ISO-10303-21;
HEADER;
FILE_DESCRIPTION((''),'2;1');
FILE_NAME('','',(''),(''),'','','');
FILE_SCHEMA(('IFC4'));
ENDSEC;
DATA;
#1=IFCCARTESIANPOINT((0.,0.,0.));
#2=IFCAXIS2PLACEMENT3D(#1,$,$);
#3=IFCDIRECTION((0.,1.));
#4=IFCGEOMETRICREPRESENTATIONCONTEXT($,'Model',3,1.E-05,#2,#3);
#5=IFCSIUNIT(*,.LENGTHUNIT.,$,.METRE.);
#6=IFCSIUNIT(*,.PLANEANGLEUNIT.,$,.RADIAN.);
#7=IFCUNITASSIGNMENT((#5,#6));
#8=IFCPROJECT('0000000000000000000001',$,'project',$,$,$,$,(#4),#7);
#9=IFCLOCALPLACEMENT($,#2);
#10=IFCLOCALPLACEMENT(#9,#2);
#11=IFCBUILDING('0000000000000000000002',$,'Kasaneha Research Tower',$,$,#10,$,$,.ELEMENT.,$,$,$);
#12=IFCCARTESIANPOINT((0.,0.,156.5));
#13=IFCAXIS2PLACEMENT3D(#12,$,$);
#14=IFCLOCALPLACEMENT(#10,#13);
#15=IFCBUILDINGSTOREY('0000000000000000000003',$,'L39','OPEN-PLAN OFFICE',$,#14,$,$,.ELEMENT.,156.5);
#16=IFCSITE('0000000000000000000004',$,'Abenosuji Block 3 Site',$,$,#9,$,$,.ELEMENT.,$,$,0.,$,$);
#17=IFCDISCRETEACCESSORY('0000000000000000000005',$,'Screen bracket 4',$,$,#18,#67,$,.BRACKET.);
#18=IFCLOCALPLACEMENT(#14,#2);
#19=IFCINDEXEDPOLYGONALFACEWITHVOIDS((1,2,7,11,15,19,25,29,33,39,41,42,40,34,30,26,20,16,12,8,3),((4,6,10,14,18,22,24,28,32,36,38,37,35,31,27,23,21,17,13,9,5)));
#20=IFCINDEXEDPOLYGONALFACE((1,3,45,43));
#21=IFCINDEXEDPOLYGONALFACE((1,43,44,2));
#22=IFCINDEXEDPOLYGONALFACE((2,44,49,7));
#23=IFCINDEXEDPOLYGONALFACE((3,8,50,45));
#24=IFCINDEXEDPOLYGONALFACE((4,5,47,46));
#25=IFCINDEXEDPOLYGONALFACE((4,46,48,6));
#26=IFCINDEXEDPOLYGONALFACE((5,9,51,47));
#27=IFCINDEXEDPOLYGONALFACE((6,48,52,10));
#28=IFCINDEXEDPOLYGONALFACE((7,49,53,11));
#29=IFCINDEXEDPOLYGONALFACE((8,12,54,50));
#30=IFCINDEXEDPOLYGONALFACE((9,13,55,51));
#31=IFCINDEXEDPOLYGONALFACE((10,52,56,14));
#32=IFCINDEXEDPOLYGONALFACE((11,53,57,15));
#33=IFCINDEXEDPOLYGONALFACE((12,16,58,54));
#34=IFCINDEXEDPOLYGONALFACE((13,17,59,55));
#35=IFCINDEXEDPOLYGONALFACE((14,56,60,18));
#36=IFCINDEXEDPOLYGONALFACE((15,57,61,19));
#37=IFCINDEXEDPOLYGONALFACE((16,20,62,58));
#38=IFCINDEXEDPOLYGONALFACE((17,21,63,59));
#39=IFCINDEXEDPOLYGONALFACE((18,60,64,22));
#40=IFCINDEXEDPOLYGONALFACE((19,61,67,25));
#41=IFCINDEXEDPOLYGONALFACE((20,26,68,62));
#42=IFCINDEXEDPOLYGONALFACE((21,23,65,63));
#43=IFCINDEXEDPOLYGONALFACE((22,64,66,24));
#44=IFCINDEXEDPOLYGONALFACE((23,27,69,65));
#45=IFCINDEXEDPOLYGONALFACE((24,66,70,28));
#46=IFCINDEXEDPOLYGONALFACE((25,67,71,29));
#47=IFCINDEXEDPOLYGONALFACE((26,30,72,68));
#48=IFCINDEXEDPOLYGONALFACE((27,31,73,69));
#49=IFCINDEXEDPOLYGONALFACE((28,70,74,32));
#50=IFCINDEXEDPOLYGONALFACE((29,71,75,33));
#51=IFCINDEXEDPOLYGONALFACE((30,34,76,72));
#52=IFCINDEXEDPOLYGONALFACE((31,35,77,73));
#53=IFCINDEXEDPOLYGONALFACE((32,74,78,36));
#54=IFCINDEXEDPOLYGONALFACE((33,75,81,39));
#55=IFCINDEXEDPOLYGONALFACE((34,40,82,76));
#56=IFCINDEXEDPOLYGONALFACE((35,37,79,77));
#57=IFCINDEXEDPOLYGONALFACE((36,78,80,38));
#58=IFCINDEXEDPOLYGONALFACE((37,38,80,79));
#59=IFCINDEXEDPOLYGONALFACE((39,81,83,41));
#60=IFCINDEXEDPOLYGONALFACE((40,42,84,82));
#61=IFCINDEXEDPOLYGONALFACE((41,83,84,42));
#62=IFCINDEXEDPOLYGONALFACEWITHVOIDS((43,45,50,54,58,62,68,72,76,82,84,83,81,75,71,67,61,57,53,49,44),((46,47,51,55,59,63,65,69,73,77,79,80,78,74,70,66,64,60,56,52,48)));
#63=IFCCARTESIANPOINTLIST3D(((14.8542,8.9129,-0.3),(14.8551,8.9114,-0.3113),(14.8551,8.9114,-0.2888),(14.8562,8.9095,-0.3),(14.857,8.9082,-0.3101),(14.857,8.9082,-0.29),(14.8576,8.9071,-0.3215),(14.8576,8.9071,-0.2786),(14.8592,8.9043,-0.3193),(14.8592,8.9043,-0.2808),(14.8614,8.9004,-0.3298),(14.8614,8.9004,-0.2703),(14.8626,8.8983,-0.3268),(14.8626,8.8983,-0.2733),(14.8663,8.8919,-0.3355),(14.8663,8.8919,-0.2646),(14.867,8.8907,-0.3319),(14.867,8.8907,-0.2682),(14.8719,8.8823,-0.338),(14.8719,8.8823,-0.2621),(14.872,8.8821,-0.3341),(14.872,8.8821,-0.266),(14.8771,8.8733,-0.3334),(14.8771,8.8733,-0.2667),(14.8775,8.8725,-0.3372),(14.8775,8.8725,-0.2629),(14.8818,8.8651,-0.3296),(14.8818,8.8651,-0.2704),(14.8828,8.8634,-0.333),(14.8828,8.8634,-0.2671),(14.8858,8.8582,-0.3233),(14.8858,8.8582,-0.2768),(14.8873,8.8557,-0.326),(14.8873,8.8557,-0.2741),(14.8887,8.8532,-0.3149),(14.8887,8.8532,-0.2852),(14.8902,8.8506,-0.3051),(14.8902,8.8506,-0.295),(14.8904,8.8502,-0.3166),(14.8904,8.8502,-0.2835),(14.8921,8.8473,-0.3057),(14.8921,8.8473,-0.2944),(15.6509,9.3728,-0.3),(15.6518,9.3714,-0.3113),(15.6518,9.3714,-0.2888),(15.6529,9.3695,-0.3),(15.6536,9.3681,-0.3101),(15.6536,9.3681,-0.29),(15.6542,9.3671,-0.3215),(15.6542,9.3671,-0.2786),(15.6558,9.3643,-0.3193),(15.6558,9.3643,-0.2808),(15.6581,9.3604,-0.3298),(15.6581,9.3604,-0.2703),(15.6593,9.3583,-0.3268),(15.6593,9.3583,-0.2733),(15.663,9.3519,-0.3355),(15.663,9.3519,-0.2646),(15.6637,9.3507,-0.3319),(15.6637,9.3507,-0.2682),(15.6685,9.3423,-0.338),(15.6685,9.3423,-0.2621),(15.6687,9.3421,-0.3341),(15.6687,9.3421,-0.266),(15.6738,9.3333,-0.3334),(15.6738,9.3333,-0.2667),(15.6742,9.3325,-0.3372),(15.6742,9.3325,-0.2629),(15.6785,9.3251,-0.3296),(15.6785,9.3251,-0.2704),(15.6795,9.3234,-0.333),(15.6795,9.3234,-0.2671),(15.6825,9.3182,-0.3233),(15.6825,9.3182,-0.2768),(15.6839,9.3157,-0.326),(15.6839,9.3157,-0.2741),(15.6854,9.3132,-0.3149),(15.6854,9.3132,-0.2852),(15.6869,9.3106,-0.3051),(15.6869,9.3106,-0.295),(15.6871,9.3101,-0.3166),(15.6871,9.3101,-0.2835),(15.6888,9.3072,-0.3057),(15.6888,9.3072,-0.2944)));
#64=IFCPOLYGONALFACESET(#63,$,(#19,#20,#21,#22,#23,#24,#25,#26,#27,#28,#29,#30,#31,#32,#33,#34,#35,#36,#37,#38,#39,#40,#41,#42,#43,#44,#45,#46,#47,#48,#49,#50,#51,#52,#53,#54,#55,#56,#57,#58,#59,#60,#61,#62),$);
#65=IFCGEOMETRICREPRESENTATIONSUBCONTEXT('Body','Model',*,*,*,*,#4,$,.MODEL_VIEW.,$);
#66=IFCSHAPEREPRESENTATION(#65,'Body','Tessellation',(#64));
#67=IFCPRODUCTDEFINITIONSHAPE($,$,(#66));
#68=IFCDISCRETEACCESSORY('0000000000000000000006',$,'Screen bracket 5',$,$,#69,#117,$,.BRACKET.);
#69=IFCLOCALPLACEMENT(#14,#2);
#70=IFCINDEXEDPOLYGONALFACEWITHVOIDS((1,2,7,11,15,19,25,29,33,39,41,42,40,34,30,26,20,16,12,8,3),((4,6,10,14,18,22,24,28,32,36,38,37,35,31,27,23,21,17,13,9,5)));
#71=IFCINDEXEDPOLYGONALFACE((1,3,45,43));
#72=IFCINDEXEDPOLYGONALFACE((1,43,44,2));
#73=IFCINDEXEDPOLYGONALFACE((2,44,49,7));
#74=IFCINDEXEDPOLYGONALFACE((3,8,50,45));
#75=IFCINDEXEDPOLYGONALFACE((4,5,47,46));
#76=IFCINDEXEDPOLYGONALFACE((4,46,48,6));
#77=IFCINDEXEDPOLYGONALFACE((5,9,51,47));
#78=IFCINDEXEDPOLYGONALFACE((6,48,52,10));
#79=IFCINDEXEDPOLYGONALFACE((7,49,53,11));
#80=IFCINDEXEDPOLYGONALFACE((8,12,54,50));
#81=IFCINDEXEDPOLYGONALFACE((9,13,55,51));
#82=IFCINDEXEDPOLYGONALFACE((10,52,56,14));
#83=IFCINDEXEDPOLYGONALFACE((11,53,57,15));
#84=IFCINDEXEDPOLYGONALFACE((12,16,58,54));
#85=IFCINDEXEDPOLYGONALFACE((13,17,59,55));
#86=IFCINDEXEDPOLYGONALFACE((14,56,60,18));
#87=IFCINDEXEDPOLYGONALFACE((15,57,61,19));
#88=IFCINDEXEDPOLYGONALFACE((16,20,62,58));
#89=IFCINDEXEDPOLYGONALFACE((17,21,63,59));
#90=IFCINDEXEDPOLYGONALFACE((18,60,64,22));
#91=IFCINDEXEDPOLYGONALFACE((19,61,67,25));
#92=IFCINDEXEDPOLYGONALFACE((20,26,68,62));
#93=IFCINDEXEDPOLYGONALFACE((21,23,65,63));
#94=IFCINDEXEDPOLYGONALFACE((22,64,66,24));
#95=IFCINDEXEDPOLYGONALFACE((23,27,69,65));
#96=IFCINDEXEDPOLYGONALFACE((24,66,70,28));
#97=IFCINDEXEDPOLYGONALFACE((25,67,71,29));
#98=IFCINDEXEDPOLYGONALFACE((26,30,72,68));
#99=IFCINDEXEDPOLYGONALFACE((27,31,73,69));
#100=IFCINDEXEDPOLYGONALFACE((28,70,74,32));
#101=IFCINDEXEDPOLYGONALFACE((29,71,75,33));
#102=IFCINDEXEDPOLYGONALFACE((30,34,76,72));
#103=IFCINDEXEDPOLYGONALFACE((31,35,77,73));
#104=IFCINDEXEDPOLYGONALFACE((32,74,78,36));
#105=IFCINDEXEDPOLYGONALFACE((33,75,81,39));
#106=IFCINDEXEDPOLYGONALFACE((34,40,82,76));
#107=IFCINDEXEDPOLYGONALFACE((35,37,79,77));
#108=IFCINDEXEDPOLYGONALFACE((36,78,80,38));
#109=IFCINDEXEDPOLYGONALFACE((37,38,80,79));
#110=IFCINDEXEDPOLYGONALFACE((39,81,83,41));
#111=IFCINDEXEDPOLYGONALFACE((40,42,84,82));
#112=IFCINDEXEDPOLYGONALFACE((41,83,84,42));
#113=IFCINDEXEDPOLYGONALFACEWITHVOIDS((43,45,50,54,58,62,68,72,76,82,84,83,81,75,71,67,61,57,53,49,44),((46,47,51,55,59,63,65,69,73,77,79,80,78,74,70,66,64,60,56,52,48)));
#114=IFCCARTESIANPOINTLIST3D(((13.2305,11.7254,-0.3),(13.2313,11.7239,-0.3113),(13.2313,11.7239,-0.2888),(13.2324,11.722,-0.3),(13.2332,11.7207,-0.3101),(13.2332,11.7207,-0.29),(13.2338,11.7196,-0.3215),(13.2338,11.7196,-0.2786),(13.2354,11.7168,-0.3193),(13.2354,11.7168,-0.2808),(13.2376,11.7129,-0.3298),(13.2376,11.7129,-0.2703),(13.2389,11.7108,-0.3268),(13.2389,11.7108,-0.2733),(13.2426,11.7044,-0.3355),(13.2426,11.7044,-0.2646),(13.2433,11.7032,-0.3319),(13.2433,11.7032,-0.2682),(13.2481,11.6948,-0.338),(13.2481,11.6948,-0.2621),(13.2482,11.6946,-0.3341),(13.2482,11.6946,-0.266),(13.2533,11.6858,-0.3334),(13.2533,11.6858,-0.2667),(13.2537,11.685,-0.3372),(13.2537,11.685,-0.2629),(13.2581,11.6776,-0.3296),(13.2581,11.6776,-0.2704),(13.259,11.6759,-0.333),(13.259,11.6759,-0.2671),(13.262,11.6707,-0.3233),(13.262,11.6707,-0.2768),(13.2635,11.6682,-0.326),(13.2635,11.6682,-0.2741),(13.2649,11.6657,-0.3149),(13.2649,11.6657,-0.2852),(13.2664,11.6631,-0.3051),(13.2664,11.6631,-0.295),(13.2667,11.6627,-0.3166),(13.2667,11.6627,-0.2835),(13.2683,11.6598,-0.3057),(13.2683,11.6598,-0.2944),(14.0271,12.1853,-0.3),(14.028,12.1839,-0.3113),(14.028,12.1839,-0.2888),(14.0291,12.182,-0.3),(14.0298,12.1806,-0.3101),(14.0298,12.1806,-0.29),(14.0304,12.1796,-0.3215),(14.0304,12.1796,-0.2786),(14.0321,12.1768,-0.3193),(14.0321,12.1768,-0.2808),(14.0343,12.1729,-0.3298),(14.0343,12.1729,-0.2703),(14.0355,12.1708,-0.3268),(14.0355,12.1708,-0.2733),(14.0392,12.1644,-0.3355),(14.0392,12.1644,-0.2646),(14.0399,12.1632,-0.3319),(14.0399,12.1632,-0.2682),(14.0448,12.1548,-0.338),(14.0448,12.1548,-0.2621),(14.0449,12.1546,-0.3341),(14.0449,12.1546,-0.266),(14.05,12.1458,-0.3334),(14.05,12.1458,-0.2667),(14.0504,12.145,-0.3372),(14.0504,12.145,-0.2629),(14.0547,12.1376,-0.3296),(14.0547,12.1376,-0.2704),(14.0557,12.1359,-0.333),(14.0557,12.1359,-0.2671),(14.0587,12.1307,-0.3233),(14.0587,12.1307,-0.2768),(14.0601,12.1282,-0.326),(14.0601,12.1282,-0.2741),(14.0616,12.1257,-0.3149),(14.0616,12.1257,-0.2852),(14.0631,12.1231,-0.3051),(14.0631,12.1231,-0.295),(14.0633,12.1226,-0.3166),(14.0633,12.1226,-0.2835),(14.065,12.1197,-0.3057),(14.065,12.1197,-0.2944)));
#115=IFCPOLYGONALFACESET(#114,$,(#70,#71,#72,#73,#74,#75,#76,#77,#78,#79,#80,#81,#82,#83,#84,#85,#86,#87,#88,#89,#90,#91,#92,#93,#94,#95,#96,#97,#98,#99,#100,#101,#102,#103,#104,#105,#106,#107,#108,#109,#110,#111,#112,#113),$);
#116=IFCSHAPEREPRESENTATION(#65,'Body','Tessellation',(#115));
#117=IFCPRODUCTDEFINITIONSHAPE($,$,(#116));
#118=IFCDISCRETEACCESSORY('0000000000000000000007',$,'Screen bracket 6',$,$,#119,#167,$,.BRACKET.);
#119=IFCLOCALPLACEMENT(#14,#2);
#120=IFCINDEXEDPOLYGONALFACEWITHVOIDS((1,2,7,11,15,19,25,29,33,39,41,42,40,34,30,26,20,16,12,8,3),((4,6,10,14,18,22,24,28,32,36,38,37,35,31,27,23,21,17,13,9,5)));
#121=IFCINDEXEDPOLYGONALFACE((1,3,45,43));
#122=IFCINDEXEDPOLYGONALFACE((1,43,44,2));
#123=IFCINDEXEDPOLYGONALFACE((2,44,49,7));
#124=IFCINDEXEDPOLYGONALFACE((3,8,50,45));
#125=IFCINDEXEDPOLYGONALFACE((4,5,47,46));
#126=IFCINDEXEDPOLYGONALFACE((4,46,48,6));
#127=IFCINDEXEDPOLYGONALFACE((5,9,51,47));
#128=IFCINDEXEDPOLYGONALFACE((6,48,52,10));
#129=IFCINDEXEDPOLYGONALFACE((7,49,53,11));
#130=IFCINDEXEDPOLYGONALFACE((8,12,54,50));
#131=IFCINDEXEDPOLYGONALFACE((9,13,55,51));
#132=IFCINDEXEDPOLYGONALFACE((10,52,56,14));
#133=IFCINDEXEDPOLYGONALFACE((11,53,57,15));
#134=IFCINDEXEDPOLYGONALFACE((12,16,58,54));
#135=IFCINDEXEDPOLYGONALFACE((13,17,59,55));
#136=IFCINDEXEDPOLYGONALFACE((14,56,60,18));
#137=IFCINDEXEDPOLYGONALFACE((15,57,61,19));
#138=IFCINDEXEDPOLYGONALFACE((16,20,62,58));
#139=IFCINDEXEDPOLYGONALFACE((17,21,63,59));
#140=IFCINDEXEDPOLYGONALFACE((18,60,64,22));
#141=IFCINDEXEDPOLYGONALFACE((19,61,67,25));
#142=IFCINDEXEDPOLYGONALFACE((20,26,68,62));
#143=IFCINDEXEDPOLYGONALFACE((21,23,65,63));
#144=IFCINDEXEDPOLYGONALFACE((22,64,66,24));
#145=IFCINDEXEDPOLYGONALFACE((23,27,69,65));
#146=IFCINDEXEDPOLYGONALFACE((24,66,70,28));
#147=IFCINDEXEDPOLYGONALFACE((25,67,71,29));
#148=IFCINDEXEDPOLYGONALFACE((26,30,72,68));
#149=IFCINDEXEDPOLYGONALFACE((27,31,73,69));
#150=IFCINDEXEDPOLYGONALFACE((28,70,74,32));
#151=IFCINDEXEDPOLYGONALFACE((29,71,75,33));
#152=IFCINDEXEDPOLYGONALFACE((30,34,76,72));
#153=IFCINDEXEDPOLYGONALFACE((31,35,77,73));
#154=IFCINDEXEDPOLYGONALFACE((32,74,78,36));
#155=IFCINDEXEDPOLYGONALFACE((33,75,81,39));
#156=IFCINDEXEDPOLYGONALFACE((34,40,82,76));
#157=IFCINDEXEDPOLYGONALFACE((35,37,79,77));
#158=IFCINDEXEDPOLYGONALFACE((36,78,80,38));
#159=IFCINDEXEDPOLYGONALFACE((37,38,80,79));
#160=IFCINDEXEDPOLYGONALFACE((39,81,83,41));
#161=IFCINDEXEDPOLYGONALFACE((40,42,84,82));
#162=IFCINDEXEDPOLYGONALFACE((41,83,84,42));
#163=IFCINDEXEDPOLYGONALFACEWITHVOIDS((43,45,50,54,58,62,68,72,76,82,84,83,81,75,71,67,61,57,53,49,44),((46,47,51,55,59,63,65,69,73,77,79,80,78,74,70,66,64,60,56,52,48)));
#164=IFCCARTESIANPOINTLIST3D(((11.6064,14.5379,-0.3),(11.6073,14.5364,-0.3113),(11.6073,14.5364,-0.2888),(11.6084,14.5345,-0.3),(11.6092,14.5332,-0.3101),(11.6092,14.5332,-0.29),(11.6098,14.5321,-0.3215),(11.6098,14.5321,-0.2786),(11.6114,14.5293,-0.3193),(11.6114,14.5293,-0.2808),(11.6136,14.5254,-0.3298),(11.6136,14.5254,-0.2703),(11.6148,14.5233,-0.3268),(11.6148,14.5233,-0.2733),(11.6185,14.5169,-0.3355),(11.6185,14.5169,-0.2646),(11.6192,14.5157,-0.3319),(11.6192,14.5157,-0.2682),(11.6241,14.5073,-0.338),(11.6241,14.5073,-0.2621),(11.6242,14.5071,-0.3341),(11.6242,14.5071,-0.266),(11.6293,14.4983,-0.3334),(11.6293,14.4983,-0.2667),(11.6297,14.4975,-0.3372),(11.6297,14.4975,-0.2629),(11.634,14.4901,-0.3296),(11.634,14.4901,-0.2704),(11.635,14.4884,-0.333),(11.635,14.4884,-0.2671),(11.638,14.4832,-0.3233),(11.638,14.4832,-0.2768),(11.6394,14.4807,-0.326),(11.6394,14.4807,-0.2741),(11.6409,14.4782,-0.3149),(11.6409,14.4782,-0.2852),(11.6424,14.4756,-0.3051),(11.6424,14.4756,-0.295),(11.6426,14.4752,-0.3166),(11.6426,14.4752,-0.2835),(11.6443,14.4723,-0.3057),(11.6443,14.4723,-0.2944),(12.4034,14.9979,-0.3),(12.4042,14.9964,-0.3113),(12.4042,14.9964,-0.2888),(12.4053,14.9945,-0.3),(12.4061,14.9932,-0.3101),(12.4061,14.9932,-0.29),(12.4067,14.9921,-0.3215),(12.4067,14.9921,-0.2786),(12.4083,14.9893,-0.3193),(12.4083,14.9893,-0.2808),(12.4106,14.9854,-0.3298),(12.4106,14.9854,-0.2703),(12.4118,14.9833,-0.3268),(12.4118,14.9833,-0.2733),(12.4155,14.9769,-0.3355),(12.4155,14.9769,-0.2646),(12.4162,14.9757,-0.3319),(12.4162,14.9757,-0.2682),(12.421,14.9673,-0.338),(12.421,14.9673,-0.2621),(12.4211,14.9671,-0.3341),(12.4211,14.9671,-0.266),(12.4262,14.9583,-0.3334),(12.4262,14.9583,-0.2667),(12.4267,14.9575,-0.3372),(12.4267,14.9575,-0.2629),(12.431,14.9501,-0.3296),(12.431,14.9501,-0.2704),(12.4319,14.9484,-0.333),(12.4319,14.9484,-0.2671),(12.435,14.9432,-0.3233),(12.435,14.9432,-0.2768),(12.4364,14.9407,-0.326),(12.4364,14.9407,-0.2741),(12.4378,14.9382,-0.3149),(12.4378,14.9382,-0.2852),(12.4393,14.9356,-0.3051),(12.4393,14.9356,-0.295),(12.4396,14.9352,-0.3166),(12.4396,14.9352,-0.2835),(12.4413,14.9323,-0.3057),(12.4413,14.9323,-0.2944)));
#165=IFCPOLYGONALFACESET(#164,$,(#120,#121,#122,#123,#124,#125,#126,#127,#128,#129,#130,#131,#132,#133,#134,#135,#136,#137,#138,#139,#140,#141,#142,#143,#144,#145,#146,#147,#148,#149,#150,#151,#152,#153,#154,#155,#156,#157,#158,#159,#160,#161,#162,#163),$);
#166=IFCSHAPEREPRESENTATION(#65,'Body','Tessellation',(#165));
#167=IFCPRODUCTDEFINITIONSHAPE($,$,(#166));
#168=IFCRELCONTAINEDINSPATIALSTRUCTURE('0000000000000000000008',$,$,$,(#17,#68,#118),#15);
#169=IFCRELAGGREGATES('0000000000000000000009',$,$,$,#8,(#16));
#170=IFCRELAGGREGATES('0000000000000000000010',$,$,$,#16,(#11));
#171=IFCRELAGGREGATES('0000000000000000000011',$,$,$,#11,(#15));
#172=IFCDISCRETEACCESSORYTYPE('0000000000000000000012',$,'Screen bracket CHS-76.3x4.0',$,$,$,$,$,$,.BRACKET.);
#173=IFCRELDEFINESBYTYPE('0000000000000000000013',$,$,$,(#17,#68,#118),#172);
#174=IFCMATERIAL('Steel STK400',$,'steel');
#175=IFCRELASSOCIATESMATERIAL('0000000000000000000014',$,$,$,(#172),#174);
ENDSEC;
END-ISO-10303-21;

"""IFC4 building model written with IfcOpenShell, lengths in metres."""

from ifc_helpers import new_model, si_unit, direction, frame, origin, origin_2d, place, context, subcontext, project, spatial, hollow_circle, extrude, material, material_profile, profile_set, type_object, element, save


model = new_model("IFC4")

# Units and contexts
model_context = context("Model", 3, precision=1e-05, world=origin(), true_north=direction((0.0, 1.0)))
body_context = subcontext(model_context, "Body", "Model", "MODEL_VIEW")
ifc_project = project(units=[si_unit("LENGTHUNIT", "METRE"), si_unit("PLANEANGLEUNIT", "RADIAN")], contexts=[model_context])

# Site, building, storey
site_placement = place(None, origin())
site = spatial("IfcSite", under=ifc_project, at=site_placement, Name="Abenosuji Block 3 Site", CompositionType="ELEMENT", RefElevation=0.0)
building_placement = place(site_placement, origin())
building = spatial("IfcBuilding", under=site, at=building_placement, Name="Kasaneha Research Tower", CompositionType="ELEMENT")
storey_placement = place(building_placement, frame((0.0, 0.0, 156.5)))
storey = spatial("IfcBuildingStorey", under=building, at=storey_placement, Name="L39", Description="OPEN-PLAN OFFICE", CompositionType="ELEMENT", Elevation=156.5)

# Discrete accessories
ifc_material_1 = material(Name="Steel STK400", Category="steel")
ifc_material_profile_1 = material_profile(ifc_material_1, hollow_circle(Radius=0.0381, WallThickness=0.0039, at=origin_2d()), Name="CHS-76.3x4.0")
ifc_profile_set_1 = profile_set([ifc_material_profile_1], Name="Steel STK400")
discrete_accessory_type = type_object("IfcDiscreteAccessoryType", Name="Screen bracket CHS-76.3x4.0", PredefinedType="BRACKET", material=ifc_profile_set_1)
for number, where, z_axis, x_axis, name in (
    (1, (14.8733, 8.8799, -0.3), (0.866013, 0.500021, 0.0), (-0.500021, 0.866013, 0.0), "Screen bracket 4"),
    (2, (13.2495, 11.6924, -0.3), (0.866013, 0.500021, 0.0), (-0.500021, 0.866013, 0.0), "Screen bracket 5"),
):
    element("IfcDiscreteAccessory", number, at=place(storey_placement, frame(where, z_axis=z_axis, x_axis=x_axis)), inside=storey, type_object=discrete_accessory_type, Name=name, PredefinedType="BRACKET", context=body_context, shape_type="SweptSolid", body=[
        extrude(hollow_circle(Radius=0.0381, WallThickness=0.0039, at=origin_2d()), origin(), (0.0, 0.0, 1.0), 0.9199),
    ])
for number, where, z_axis, x_axis, name in (
    (3, (11.6255, 14.5049, -0.3), (0.86608, 0.499906, 0.0), (-0.499906, 0.86608, 0.0), "Screen bracket 6"),
):
    element("IfcDiscreteAccessory", number, at=place(storey_placement, frame(where, z_axis=z_axis, x_axis=x_axis)), inside=storey, type_object=discrete_accessory_type, Name=name, PredefinedType="BRACKET", context=body_context, shape_type="SweptSolid", body=[
        extrude(hollow_circle(Radius=0.0381, WallThickness=0.0039, at=origin_2d()), origin(), (0.0, 0.0, 1.0), 0.9202),
    ])

save(model, "model.ifc")
